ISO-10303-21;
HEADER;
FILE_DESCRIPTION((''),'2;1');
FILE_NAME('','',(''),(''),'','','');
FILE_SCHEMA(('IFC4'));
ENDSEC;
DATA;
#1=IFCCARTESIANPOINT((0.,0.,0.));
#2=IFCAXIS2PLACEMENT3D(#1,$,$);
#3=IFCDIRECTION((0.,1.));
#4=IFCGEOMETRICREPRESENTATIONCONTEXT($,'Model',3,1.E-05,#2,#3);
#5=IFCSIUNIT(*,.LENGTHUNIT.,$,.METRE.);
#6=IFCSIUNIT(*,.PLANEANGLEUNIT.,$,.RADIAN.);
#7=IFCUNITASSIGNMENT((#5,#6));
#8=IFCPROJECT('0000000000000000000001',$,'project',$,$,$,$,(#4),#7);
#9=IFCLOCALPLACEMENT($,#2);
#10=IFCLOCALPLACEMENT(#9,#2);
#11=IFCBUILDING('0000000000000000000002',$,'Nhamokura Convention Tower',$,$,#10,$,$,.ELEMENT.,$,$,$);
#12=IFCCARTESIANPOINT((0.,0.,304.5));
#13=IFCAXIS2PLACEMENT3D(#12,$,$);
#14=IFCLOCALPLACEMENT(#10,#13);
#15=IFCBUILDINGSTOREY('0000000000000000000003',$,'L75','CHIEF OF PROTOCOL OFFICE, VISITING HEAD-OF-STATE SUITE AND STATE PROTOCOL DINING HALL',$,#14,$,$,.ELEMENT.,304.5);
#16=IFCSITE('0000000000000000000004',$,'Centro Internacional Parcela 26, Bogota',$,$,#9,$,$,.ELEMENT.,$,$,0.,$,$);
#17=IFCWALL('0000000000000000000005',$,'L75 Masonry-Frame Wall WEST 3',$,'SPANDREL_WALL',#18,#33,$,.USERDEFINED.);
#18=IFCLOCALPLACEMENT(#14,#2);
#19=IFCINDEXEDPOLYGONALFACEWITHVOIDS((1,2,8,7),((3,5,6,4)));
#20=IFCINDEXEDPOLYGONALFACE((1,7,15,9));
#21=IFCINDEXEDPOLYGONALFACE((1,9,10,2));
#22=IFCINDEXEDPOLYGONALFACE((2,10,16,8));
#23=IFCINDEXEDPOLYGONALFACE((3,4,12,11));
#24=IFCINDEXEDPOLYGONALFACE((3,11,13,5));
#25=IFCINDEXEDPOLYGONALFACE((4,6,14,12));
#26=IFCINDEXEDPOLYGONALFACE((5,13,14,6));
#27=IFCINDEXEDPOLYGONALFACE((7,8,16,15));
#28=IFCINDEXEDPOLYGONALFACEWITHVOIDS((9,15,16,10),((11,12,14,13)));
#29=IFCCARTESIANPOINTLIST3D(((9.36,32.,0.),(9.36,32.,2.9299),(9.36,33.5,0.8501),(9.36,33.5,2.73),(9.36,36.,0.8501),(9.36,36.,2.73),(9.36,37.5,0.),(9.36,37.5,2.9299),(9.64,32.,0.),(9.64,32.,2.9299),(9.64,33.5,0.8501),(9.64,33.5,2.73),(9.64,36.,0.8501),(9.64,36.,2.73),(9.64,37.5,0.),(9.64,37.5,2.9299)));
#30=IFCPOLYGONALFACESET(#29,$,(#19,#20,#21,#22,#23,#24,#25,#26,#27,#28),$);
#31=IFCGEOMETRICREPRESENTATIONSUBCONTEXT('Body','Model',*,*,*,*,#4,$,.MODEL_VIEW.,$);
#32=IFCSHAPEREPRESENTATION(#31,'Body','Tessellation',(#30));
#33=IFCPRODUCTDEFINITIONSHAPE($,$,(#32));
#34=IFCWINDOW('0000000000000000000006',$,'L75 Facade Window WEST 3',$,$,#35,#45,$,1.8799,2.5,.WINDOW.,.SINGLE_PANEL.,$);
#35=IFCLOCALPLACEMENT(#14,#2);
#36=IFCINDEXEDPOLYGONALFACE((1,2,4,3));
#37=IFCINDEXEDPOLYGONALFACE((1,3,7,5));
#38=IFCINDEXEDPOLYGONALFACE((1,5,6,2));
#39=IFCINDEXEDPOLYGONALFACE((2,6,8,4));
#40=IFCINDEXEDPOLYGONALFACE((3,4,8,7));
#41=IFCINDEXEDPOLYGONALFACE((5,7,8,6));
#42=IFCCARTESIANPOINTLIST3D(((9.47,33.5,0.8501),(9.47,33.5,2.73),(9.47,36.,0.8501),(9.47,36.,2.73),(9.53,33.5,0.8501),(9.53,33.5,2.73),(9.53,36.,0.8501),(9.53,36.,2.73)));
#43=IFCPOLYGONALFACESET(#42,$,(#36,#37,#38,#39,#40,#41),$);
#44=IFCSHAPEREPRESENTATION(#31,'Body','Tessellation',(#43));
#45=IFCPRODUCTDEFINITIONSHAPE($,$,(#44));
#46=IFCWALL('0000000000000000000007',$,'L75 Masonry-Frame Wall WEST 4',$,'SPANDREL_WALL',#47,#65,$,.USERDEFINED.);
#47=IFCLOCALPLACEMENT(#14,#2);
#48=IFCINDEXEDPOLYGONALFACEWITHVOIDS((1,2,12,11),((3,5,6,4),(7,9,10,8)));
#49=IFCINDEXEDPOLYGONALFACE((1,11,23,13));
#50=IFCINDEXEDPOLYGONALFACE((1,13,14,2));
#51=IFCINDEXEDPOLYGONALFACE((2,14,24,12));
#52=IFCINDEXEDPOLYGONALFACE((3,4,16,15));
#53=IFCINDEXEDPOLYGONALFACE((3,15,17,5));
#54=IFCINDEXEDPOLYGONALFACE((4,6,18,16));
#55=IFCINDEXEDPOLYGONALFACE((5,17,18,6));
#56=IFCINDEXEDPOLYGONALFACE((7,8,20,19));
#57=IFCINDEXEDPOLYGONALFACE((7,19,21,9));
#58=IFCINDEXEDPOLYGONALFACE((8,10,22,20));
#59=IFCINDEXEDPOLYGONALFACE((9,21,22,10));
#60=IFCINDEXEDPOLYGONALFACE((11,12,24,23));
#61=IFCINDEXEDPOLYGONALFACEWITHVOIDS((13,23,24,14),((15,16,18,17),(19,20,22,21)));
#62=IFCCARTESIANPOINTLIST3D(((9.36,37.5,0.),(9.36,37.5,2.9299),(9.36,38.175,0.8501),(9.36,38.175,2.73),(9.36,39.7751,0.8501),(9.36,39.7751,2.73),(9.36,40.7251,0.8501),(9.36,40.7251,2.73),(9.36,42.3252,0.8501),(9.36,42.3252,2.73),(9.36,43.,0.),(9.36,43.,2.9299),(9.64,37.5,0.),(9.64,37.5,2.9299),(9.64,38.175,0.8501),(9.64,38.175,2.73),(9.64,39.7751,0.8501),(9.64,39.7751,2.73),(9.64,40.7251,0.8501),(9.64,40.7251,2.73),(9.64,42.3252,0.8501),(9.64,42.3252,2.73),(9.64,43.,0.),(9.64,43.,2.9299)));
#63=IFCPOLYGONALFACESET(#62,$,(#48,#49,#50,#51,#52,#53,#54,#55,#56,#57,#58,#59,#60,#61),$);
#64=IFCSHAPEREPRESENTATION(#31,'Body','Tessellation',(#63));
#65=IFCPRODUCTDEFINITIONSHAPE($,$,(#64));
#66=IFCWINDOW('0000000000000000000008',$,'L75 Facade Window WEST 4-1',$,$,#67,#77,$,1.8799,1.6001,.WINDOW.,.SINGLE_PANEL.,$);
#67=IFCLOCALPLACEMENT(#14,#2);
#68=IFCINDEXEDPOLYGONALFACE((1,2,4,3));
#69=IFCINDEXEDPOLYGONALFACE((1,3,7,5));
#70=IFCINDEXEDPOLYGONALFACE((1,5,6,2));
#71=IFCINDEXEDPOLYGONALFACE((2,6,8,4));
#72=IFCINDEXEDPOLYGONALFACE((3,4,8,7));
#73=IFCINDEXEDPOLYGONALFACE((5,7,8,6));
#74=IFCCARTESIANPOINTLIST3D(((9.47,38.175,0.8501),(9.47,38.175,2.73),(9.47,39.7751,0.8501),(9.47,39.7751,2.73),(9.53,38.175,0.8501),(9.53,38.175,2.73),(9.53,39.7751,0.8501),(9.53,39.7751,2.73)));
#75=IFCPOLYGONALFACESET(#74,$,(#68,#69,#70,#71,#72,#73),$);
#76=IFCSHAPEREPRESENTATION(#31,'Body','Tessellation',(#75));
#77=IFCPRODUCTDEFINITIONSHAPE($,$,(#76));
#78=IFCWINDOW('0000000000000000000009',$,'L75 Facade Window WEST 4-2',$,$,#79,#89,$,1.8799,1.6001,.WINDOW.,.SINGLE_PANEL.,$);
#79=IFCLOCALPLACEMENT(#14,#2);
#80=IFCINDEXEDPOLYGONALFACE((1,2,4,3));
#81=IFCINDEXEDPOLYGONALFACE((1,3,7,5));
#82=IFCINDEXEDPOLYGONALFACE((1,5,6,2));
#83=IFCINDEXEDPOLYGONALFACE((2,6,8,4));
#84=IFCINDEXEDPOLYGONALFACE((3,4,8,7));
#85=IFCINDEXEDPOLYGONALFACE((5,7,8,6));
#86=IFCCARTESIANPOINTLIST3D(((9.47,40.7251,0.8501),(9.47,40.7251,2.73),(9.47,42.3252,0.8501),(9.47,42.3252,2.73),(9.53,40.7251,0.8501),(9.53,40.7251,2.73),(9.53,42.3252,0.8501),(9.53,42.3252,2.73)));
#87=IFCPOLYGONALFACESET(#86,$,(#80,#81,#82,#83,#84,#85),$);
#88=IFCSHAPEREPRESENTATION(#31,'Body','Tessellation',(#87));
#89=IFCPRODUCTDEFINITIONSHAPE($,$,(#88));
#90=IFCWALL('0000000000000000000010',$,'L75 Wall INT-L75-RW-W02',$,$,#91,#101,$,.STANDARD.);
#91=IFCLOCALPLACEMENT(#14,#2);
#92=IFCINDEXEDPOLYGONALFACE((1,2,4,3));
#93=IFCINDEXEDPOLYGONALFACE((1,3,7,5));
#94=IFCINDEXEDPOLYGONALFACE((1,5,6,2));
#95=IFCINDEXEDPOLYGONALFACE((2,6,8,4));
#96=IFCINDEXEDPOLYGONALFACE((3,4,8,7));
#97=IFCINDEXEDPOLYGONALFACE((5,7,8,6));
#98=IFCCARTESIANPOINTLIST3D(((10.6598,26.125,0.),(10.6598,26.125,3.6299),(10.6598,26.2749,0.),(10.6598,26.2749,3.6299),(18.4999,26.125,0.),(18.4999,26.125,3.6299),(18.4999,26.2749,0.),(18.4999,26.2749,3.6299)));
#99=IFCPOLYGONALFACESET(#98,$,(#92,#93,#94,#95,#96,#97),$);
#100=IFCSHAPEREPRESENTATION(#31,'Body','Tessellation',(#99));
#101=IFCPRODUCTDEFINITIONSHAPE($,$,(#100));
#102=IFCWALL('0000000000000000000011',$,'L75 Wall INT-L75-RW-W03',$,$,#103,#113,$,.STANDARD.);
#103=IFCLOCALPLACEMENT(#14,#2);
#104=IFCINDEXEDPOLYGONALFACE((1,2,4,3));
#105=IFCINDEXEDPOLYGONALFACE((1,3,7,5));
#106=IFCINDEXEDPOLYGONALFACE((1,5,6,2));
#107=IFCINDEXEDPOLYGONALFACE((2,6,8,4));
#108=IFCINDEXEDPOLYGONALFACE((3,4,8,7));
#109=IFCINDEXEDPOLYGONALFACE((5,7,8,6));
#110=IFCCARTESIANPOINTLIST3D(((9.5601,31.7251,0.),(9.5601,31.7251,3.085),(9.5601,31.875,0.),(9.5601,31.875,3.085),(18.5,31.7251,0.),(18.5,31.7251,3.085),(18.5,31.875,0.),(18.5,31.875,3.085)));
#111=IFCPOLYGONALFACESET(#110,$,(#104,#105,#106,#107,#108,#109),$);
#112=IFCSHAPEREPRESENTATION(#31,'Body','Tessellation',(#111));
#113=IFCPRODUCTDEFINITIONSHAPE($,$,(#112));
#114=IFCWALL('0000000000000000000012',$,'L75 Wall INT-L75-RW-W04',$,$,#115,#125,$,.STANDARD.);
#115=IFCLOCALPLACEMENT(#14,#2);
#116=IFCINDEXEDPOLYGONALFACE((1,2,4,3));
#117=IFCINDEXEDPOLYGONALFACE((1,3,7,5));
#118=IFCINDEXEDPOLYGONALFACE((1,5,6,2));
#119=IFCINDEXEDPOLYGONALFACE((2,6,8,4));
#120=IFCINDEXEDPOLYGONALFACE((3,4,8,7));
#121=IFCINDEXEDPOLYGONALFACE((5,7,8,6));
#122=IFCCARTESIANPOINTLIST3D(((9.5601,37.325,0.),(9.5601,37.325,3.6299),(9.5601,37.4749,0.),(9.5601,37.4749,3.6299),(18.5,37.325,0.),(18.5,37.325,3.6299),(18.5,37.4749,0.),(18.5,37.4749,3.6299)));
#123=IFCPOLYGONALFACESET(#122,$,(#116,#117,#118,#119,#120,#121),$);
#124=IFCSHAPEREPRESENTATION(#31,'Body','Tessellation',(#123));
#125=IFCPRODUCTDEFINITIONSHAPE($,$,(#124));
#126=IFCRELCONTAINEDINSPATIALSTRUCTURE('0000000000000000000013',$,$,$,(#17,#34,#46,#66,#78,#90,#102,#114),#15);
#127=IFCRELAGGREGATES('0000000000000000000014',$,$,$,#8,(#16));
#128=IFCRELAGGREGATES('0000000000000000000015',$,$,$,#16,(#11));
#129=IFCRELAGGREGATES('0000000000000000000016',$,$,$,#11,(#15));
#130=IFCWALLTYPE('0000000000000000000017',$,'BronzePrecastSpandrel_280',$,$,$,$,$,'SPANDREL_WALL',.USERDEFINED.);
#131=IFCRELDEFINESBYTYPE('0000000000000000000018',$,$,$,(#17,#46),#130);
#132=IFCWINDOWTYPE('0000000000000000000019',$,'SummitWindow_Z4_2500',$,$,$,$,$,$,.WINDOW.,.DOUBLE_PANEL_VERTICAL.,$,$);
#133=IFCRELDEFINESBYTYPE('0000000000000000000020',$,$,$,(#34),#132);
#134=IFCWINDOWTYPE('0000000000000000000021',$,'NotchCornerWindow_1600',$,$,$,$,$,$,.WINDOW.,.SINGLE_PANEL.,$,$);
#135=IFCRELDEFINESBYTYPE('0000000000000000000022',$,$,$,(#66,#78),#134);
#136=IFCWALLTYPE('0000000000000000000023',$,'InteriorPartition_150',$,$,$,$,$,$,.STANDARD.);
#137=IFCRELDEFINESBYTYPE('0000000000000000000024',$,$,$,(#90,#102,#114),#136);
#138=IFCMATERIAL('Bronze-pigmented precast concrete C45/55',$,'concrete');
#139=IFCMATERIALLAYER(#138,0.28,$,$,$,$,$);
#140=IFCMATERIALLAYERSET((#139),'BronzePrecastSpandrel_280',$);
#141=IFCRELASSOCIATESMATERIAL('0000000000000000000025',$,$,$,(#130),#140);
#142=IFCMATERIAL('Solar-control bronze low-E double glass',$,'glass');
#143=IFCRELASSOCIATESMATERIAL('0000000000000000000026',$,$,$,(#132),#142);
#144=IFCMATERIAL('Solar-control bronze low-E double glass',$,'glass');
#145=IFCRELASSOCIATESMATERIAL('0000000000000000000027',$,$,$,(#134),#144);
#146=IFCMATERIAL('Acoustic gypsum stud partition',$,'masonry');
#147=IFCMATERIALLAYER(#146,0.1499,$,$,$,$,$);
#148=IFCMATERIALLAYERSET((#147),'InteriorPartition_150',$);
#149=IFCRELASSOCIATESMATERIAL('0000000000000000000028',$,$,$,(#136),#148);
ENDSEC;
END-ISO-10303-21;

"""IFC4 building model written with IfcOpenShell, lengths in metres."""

from ifc_helpers import new_model, si_unit, direction, frame, frame_2d, origin, place, context, subcontext, project, spatial, rectangle, extrude, material, layer, layer_set, type_object, element, fill, save


model = new_model("IFC4")

# Units and contexts
model_context = context("Model", 3, precision=1e-05, world=origin(), true_north=direction((0.0, 1.0)))
body_context = subcontext(model_context, "Body", "Model", "MODEL_VIEW")
ifc_project = project(units=[si_unit("LENGTHUNIT", "METRE"), si_unit("PLANEANGLEUNIT", "RADIAN")], contexts=[model_context])

# Site, building, storey
site_placement = place(None, origin())
site = spatial("IfcSite", under=ifc_project, at=site_placement, Name="Centro Internacional Parcela 26, Bogota", CompositionType="ELEMENT", RefElevation=0.0)
building_placement = place(site_placement, origin())
building = spatial("IfcBuilding", under=site, at=building_placement, Name="Nhamokura Convention Tower", CompositionType="ELEMENT")
storey_placement = place(building_placement, frame((0.0, 0.0, 304.5)))
storey = spatial("IfcBuildingStorey", under=building, at=storey_placement, Name="L75", Description="CHIEF OF PROTOCOL OFFICE, VISITING HEAD-OF-STATE SUITE AND STATE PROTOCOL DINING HALL", CompositionType="ELEMENT", Elevation=304.5)

# Shared definitions
ifc_material_1 = material(Name="Bronze-pigmented precast concrete C45/55", Category="concrete")
ifc_layer_1 = layer(ifc_material_1, 0.28)
ifc_layer_set_1 = layer_set([ifc_layer_1], Name="BronzePrecastSpandrel_280")
wall_type_1 = type_object("IfcWallType", Name="BronzePrecastSpandrel_280", ElementType="SPANDREL_WALL", PredefinedType="USERDEFINED", material=ifc_layer_set_1)

# Wall, opening, window
ifc_material_2 = material(Name="Solar-control bronze low-E double glass", Category="glass")
window_type_1 = type_object("IfcWindowType", Name="SummitWindow_Z4_2500", PartitioningType="DOUBLE_PANEL_VERTICAL", PredefinedType="WINDOW", material=ifc_material_2)
wall_1_placement = place(storey_placement, frame((9.5, 32.0, 0.0), z_axis=(0.0, 0.0, 1.0), x_axis=(0.0, 1.0, 0.0)))
wall_1 = element("IfcWall", 1, at=wall_1_placement, inside=storey, type_object=wall_type_1, Name="L75 Masonry-Frame Wall WEST 3", ObjectType="SPANDREL_WALL", PredefinedType="USERDEFINED", context=body_context, shape_type="SweptSolid", body=[
    extrude(rectangle(XDim=5.5, YDim=0.28, at=frame_2d((2.75, 0.0))), origin(), (0.0, 0.0, 1.0), 2.9299),
])
opening_1_placement = place(wall_1_placement, frame((1.5, 0.0, 0.8501)))
opening_1 = element("IfcOpeningElement", 2, at=opening_1_placement, cuts=wall_1, PredefinedType="OPENING", context=body_context, shape_type="SweptSolid", body=[
    extrude(rectangle(XDim=2.5, YDim=1.8799, at=frame_2d((1.25, 0.9399))), frame((0.0, 0.1499, 0.0), z_axis=(0.0, -1.0, 0.0), x_axis=(1.0, 0.0, 0.0)), (0.0, 0.0, 1.0), 0.3),
])
window_1_placement = place(opening_1_placement, origin())
window_1 = element("IfcWindow", 3, at=window_1_placement, inside=storey, type_object=window_type_1, Name="L75 Facade Window WEST 3", OverallHeight=1.8799, OverallWidth=2.5, PartitioningType="SINGLE_PANEL", PredefinedType="WINDOW", context=body_context, shape_type="SweptSolid", body=[
    extrude(rectangle(XDim=2.5, YDim=1.8799, at=frame_2d((1.25, 0.9399))), frame((0.0, 0.03, 0.0), z_axis=(0.0, -1.0, 0.0), x_axis=(1.0, 0.0, 0.0)), (0.0, 0.0, 1.0), 0.0601),
])
fill(opening_1, window_1)

# Wall, openings, windows
wall_2_placement = place(storey_placement, frame((9.5, 37.5, 0.0), z_axis=(0.0, 0.0, 1.0), x_axis=(0.0, 1.0, 0.0)))
wall_2 = element("IfcWall", 4, at=wall_2_placement, inside=storey, type_object=wall_type_1, Name="L75 Masonry-Frame Wall WEST 4", ObjectType="SPANDREL_WALL", PredefinedType="USERDEFINED", context=body_context, shape_type="SweptSolid", body=[
    extrude(rectangle(XDim=5.5, YDim=0.28, at=frame_2d((2.75, 0.0))), origin(), (0.0, 0.0, 1.0), 2.9299),
])
opening_2_placement = place(wall_2_placement, frame((0.675, 0.0, 0.8501)))
opening_2 = element("IfcOpeningElement", 5, at=opening_2_placement, cuts=wall_2, PredefinedType="OPENING", context=body_context, shape_type="SweptSolid", body=[
    extrude(rectangle(XDim=1.6001, YDim=1.8799, at=frame_2d((0.8, 0.9399))), frame((0.0, 0.1499, 0.0), z_axis=(0.0, -1.0, 0.0), x_axis=(1.0, 0.0, 0.0)), (0.0, 0.0, 1.0), 0.3),
])
opening_3_placement = place(wall_2_placement, frame((3.2251, 0.0, 0.8501)))
opening_3 = element("IfcOpeningElement", 6, at=opening_3_placement, cuts=wall_2, PredefinedType="OPENING", context=body_context, shape_type="SweptSolid", body=[
    extrude(rectangle(XDim=1.6001, YDim=1.8799, at=frame_2d((0.8, 0.9399))), frame((0.0, 0.1499, 0.0), z_axis=(0.0, -1.0, 0.0), x_axis=(1.0, 0.0, 0.0)), (0.0, 0.0, 1.0), 0.3),
])
ifc_material_3 = material(Name="Solar-control bronze low-E double glass", Category="glass")
window_type_2 = type_object("IfcWindowType", Name="NotchCornerWindow_1600", PartitioningType="SINGLE_PANEL", PredefinedType="WINDOW", material=ifc_material_3)
window_2_placement = place(opening_2_placement, origin())
window_2 = element("IfcWindow", 7, at=window_2_placement, inside=storey, type_object=window_type_2, Name="L75 Facade Window WEST 4-1", OverallHeight=1.8799, OverallWidth=1.6001, PartitioningType="SINGLE_PANEL", PredefinedType="WINDOW", context=body_context, shape_type="SweptSolid", body=[
    extrude(rectangle(XDim=1.6001, YDim=1.8799, at=frame_2d((0.8, 0.9399))), frame((0.0, 0.03, 0.0), z_axis=(0.0, -1.0, 0.0), x_axis=(1.0, 0.0, 0.0)), (0.0, 0.0, 1.0), 0.0601),
])
fill(opening_2, window_2)
window_3_placement = place(opening_3_placement, origin())
window_3 = element("IfcWindow", 8, at=window_3_placement, inside=storey, type_object=window_type_2, Name="L75 Facade Window WEST 4-2", OverallHeight=1.8799, OverallWidth=1.6001, PartitioningType="SINGLE_PANEL", PredefinedType="WINDOW", context=body_context, shape_type="SweptSolid", body=[
    extrude(rectangle(XDim=1.6001, YDim=1.8799, at=frame_2d((0.8, 0.9399))), frame((0.0, 0.03, 0.0), z_axis=(0.0, -1.0, 0.0), x_axis=(1.0, 0.0, 0.0)), (0.0, 0.0, 1.0), 0.0601),
])
fill(opening_3, window_3)

# Walls
ifc_material_4 = material(Name="Acoustic gypsum stud partition", Category="masonry")
ifc_layer_2 = layer(ifc_material_4, 0.1499)
ifc_layer_set_2 = layer_set([ifc_layer_2], Name="InteriorPartition_150")
wall_type_2 = type_object("IfcWallType", Name="InteriorPartition_150", PredefinedType="STANDARD", material=ifc_layer_set_2)
wall_3_placement = place(storey_placement, frame((10.6599, 26.2, 0.0), z_axis=(0.0, 0.0, 1.0), x_axis=(1.0, 0.0, 0.0)))
element("IfcWall", 9, at=wall_3_placement, inside=storey, type_object=wall_type_2, Name="L75 Wall INT-L75-RW-W02", PredefinedType="STANDARD", context=body_context, shape_type="SweptSolid", body=[
    extrude(rectangle(XDim=7.8401, YDim=0.1499, at=frame_2d((3.9199, 0.0))), origin(), (0.0, 0.0, 1.0), 3.6299),
])
wall_4_placement = place(storey_placement, frame((9.5601, 31.8, 0.0), z_axis=(0.0, 0.0, 1.0), x_axis=(1.0, 0.0, 0.0)))
element("IfcWall", 10, at=wall_4_placement, inside=storey, type_object=wall_type_2, Name="L75 Wall INT-L75-RW-W03", PredefinedType="STANDARD", context=body_context, shape_type="SweptSolid", body=[
    extrude(rectangle(XDim=8.9399, YDim=0.1499, at=frame_2d((4.47, 0.0))), origin(), (0.0, 0.0, 1.0), 3.085),
])
wall_5_placement = place(storey_placement, frame((9.5601, 37.3999, 0.0), z_axis=(0.0, 0.0, 1.0), x_axis=(1.0, 0.0, 0.0)))
element("IfcWall", 11, at=wall_5_placement, inside=storey, type_object=wall_type_2, Name="L75 Wall INT-L75-RW-W04", PredefinedType="STANDARD", context=body_context, shape_type="SweptSolid", body=[
    extrude(rectangle(XDim=8.9399, YDim=0.1499, at=frame_2d((4.47, 0.0))), origin(), (0.0, 0.0, 1.0), 3.6299),
])

save(model, "model.ifc")
